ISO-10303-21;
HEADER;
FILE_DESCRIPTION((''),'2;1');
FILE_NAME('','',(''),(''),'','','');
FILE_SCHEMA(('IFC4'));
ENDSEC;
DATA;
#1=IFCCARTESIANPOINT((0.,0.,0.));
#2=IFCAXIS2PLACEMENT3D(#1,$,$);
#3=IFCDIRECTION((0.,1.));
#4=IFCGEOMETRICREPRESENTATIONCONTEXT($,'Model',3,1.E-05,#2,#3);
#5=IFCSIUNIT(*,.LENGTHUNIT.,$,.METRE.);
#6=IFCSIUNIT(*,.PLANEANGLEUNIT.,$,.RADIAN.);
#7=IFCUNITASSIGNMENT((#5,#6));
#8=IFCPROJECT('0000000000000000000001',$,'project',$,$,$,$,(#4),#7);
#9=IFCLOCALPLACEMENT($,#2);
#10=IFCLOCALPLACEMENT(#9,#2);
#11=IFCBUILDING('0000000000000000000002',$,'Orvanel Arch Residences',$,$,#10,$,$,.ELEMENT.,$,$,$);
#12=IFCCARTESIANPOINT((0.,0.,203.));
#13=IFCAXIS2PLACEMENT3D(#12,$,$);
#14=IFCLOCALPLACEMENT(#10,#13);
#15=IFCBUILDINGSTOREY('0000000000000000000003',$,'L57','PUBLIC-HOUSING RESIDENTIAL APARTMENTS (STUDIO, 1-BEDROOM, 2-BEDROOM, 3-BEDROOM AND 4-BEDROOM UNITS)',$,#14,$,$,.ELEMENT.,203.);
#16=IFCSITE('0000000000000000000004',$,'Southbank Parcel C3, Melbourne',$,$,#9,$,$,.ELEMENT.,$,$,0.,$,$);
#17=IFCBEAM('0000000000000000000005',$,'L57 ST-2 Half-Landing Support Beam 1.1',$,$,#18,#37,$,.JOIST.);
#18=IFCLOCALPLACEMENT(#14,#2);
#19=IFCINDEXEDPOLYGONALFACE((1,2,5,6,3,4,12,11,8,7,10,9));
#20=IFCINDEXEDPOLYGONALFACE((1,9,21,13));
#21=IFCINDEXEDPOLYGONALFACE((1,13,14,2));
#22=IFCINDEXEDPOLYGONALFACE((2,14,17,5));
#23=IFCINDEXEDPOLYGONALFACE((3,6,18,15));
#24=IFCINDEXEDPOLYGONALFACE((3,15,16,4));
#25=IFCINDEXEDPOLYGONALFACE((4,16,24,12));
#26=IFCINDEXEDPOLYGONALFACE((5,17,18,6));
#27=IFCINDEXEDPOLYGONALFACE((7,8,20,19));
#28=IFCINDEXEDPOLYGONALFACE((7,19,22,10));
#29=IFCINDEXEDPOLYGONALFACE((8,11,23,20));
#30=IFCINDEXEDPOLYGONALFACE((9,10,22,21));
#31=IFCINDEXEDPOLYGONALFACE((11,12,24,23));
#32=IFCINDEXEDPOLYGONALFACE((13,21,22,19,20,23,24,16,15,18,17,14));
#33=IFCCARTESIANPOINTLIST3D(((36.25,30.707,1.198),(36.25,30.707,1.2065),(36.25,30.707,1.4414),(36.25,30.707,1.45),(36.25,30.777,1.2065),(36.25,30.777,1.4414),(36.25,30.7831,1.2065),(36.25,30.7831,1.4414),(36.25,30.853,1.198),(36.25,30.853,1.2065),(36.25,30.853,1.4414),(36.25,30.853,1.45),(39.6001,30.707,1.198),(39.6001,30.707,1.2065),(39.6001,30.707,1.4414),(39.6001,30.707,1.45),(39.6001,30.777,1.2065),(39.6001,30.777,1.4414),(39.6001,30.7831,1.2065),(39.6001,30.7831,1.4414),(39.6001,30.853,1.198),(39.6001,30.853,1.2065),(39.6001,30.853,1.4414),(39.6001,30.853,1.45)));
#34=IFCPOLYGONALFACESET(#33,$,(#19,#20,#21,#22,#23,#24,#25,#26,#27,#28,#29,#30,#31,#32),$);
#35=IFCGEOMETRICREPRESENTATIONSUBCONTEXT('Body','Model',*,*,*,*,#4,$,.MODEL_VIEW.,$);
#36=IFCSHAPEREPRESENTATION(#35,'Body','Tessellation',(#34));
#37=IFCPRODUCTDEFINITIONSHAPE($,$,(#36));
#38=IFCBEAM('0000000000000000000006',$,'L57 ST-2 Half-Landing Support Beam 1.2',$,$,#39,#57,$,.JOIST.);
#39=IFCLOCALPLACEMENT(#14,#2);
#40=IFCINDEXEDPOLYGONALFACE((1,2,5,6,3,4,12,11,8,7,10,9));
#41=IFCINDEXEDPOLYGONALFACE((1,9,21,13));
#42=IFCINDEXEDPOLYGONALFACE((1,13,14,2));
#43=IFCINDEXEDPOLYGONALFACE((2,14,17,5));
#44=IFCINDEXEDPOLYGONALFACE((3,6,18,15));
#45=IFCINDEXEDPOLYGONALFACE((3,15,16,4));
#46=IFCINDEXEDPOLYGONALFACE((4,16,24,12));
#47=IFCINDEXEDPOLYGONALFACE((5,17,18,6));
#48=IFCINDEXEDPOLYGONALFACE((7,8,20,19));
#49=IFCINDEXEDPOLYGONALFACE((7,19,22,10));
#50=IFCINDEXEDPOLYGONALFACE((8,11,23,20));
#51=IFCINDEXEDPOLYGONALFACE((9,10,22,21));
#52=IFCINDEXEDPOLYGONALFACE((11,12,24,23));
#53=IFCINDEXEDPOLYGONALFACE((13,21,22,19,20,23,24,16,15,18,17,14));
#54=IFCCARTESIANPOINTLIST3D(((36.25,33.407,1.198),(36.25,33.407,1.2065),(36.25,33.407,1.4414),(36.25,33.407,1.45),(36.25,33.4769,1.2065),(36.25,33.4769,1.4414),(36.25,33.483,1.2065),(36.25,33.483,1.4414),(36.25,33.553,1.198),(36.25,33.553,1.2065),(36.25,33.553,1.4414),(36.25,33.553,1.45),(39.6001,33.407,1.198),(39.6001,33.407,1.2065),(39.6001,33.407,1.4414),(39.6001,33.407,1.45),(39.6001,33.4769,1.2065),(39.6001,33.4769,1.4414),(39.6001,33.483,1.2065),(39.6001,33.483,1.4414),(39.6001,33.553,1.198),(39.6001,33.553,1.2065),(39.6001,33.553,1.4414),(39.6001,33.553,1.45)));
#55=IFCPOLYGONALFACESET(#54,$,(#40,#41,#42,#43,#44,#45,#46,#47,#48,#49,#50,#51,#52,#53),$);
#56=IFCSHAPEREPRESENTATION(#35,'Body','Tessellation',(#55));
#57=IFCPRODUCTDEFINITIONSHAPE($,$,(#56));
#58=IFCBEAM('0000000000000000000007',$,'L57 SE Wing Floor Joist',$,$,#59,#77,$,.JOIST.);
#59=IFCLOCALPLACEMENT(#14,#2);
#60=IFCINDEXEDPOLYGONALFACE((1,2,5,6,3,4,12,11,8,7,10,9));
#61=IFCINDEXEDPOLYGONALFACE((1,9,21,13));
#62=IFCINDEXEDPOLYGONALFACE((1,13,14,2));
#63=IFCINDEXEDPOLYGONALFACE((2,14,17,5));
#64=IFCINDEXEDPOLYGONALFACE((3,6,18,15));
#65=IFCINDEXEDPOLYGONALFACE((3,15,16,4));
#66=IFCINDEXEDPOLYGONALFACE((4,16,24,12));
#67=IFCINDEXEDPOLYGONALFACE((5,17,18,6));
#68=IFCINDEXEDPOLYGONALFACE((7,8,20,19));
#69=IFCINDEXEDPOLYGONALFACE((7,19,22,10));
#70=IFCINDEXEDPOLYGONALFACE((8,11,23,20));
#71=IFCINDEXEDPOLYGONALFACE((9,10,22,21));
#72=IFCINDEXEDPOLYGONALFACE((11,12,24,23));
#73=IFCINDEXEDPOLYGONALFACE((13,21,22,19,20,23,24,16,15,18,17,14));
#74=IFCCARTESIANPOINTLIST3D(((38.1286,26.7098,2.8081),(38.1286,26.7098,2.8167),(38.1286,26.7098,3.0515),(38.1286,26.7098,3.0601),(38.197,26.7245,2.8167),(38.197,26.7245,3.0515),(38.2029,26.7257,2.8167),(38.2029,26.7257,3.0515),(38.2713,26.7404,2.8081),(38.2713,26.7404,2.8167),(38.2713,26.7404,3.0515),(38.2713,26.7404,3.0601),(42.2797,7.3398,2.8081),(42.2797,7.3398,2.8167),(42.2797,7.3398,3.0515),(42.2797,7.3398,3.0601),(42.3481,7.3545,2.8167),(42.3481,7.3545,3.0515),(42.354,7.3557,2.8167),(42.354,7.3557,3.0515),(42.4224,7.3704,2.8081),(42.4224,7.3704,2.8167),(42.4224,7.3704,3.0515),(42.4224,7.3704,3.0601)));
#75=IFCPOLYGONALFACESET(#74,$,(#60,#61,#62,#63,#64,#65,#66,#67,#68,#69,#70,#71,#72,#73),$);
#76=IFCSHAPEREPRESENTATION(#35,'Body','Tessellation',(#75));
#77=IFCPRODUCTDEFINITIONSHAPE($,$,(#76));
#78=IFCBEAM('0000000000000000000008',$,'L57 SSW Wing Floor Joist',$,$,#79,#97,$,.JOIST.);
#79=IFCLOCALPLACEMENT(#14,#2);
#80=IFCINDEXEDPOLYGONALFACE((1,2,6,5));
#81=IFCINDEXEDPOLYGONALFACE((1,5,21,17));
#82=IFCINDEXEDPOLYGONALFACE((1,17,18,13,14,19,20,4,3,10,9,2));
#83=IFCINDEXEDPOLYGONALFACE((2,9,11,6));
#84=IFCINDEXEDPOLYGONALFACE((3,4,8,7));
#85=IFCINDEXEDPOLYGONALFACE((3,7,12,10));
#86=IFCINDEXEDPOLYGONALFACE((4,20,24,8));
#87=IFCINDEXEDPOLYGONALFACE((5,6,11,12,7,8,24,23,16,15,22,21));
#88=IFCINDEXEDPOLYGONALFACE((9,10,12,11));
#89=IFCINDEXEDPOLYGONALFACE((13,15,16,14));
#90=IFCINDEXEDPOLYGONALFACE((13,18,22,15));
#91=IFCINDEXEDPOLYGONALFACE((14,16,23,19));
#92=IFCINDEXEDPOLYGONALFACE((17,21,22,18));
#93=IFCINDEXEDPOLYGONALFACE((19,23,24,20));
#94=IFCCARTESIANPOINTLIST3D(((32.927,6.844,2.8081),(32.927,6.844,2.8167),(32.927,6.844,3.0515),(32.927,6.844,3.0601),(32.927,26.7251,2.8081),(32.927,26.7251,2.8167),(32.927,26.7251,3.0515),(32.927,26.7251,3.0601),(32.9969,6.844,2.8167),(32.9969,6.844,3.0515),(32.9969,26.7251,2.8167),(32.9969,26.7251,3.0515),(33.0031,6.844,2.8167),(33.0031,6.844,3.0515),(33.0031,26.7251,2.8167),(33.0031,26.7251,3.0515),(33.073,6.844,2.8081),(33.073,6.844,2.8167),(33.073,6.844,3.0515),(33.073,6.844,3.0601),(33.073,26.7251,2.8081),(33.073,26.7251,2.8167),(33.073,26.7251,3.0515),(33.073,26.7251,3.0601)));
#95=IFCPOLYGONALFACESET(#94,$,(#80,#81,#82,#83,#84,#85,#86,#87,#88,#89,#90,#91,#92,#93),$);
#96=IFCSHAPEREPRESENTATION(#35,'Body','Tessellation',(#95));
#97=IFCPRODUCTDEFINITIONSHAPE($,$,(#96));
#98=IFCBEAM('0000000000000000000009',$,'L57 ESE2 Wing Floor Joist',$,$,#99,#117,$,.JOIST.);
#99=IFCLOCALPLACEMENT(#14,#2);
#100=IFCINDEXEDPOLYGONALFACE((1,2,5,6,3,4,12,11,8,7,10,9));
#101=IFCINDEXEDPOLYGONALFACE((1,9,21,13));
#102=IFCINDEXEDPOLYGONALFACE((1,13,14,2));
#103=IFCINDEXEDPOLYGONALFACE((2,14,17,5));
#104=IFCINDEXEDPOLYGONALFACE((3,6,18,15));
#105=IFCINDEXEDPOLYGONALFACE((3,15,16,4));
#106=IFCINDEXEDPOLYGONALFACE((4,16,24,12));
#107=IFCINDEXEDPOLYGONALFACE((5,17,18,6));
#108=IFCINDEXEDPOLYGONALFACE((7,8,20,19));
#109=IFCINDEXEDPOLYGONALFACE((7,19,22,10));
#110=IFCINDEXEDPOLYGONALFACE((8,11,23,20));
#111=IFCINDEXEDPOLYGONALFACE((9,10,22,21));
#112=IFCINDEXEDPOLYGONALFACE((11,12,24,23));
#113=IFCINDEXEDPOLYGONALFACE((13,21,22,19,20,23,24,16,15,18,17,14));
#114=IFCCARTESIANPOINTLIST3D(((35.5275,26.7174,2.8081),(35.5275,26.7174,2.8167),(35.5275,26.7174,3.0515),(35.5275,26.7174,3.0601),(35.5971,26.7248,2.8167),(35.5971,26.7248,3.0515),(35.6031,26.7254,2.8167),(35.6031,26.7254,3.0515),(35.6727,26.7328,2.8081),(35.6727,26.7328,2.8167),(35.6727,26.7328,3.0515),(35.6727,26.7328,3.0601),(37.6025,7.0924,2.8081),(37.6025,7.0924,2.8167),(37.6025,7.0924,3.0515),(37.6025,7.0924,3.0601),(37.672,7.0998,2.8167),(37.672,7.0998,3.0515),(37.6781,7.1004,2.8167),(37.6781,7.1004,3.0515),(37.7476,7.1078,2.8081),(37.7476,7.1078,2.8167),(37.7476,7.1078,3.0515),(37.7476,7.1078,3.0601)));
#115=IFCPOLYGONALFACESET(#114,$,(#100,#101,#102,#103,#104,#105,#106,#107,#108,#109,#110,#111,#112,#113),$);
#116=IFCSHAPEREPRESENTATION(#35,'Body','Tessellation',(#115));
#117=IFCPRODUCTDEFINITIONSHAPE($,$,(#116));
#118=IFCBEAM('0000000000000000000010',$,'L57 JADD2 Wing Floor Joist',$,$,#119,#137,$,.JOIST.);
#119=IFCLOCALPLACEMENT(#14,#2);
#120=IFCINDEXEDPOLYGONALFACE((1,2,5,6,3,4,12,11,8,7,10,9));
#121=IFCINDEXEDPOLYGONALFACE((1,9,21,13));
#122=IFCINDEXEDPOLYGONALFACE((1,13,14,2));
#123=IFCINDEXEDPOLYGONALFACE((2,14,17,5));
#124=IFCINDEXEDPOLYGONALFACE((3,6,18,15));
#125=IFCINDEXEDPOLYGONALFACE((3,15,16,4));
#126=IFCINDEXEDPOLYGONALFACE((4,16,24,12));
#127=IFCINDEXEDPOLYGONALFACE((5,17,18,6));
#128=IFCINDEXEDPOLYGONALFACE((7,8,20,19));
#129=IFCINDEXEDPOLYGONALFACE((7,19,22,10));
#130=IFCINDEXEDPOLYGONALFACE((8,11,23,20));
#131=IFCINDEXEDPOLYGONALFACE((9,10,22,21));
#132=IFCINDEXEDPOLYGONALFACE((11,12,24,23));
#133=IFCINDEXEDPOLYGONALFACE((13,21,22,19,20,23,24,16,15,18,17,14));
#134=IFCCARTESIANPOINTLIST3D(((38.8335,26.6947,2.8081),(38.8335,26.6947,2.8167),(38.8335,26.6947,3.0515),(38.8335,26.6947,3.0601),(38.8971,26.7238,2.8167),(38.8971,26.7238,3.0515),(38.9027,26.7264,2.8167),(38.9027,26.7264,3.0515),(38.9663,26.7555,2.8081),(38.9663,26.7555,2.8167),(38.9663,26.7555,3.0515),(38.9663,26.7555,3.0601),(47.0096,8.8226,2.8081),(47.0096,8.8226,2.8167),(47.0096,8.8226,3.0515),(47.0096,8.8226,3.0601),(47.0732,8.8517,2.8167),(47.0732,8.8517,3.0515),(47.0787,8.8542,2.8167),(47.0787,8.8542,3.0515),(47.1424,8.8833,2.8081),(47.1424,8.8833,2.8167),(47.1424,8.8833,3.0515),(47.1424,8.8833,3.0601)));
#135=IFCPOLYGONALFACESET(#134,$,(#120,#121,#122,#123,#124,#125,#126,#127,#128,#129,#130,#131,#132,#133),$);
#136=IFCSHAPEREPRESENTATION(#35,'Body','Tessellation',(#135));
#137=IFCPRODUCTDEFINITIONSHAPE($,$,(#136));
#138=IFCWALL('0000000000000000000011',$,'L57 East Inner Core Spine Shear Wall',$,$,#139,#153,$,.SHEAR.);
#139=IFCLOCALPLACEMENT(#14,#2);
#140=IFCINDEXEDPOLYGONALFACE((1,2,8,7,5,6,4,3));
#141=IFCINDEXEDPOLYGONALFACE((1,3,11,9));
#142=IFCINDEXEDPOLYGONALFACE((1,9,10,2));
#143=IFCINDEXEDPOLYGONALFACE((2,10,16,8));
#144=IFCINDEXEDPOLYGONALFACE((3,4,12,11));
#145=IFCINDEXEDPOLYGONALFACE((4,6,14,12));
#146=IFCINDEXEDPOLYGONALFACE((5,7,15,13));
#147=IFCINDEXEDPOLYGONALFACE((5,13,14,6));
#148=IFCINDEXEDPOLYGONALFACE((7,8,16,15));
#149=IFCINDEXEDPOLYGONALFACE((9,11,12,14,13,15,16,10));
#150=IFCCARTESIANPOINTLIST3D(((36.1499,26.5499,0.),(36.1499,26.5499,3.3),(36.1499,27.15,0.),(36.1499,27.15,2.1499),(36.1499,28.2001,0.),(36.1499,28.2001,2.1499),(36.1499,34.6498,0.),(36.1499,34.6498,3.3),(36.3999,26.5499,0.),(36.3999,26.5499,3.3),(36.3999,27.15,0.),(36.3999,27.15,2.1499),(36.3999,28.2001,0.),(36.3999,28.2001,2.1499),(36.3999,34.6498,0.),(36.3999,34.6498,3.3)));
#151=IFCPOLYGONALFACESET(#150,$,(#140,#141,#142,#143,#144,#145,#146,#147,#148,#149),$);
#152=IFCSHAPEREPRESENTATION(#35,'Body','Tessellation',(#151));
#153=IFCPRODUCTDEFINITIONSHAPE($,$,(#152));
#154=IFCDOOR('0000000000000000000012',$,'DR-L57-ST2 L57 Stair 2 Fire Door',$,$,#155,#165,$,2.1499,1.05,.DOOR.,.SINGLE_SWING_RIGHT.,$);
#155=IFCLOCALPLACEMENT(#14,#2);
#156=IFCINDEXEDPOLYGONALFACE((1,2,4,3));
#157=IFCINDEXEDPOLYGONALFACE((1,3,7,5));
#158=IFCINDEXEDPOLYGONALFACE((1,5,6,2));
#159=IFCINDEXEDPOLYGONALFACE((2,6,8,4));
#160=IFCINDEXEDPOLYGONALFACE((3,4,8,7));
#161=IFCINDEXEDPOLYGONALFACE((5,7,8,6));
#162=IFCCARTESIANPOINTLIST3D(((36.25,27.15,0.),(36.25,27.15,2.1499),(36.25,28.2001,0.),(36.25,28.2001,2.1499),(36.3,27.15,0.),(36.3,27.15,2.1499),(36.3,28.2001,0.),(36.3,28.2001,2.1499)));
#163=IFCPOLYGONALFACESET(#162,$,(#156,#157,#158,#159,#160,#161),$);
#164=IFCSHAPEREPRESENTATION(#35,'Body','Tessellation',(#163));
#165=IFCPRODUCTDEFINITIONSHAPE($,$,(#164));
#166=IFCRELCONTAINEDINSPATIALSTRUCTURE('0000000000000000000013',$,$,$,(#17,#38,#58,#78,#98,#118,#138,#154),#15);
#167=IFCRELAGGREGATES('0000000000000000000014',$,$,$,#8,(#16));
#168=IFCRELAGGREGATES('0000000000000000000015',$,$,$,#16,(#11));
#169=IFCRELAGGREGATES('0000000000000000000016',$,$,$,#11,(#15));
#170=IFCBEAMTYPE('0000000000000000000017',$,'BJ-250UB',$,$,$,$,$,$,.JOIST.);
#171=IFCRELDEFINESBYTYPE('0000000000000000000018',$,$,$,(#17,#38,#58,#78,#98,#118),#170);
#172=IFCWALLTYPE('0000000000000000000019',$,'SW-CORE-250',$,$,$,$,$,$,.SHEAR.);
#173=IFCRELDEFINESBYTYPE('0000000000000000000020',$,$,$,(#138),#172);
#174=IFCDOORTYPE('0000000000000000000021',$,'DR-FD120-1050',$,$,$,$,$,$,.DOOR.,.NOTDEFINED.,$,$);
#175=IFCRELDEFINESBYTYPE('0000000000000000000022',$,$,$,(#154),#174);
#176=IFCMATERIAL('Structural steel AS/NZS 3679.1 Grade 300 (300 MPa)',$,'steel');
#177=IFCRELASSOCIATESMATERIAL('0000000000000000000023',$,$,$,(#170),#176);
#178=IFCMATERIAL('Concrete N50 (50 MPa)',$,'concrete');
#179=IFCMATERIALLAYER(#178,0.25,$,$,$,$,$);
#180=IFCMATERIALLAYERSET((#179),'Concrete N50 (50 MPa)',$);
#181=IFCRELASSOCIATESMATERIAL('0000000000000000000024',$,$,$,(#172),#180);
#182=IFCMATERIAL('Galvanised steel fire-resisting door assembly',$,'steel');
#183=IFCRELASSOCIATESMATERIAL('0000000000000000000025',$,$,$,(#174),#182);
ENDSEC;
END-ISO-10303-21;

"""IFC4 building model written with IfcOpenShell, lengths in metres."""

from ifc_helpers import new_model, si_unit, direction, frame, frame_2d, origin, origin_2d, place, context, subcontext, project, spatial, rectangle, i_section, extrude, material, layer, layer_set, material_profile, profile_set, type_object, element, fill, save


model = new_model("IFC4")

# Units and contexts
model_context = context("Model", 3, precision=1e-05, world=origin(), true_north=direction((0.0, 1.0)))
body_context = subcontext(model_context, "Body", "Model", "MODEL_VIEW")
ifc_project = project(units=[si_unit("LENGTHUNIT", "METRE"), si_unit("PLANEANGLEUNIT", "RADIAN")], contexts=[model_context])

# Site, building, storey
site_placement = place(None, origin())
site = spatial("IfcSite", under=ifc_project, at=site_placement, Name="Southbank Parcel C3, Melbourne", CompositionType="ELEMENT", RefElevation=0.0)
building_placement = place(site_placement, origin())
building = spatial("IfcBuilding", under=site, at=building_placement, Name="Orvanel Arch Residences", CompositionType="ELEMENT")
storey_placement = place(building_placement, frame((0.0, 0.0, 203.0)))
storey = spatial("IfcBuildingStorey", under=building, at=storey_placement, Name="L57", Description="PUBLIC-HOUSING RESIDENTIAL APARTMENTS (STUDIO, 1-BEDROOM, 2-BEDROOM, 3-BEDROOM AND 4-BEDROOM UNITS)", CompositionType="ELEMENT", Elevation=203.0)

# Beams
ifc_material_1 = material(Name="Structural steel AS/NZS 3679.1 Grade 300 (300 MPa)", Category="steel")
ifc_material_profile = material_profile(ifc_material_1, i_section(OverallWidth=0.146, OverallDepth=0.252, WebThickness=0.0061, FlangeThickness=0.0085, at=origin_2d()), Name="250UB31.4")
ifc_profile_set = profile_set([ifc_material_profile], Name="Structural steel AS/NZS 3679.1 Grade 300 (300 MPa)")
beam_type = type_object("IfcBeamType", Name="BJ-250UB", PredefinedType="JOIST", material=ifc_profile_set)
for number, where, z_axis, x_axis, name in (
    (1, (36.25, 30.78, 1.324), (1.0, 0.0, 0.0), (0.0, 1.0, 0.0), "L57 ST-2 Half-Landing Support Beam 1.1"),
    (2, (36.25, 33.48, 1.324), (1.0, 0.0, 0.0), (0.0, 1.0, 0.0), "L57 ST-2 Half-Landing Support Beam 1.2"),
):
    element("IfcBeam", number, at=place(storey_placement, frame(where, z_axis=z_axis, x_axis=x_axis)), inside=storey, type_object=beam_type, Name=name, PredefinedType="JOIST", context=body_context, shape_type="SweptSolid", body=[
        extrude(i_section(OverallWidth=0.146, OverallDepth=0.252, WebThickness=0.0061, FlangeThickness=0.0085, at=origin_2d()), origin(), (0.0, 0.0, 1.0), 3.3501),
    ])
beam_1_placement = place(storey_placement, frame((38.2, 26.7251, 2.9341), z_axis=(0.209548, -0.977798, 0.0), x_axis=(0.977798, 0.209548, 0.0)))
element("IfcBeam", 3, at=beam_1_placement, inside=storey, type_object=beam_type, Name="L57 SE Wing Floor Joist", PredefinedType="JOIST", context=body_context, shape_type="SweptSolid", body=[
    extrude(i_section(OverallWidth=0.146, OverallDepth=0.252, WebThickness=0.0061, FlangeThickness=0.0085, at=origin_2d()), origin(), (0.0, 0.0, 1.0), 19.8098),
])
beam_2_placement = place(storey_placement, frame((33.0, 26.7251, 2.9341), z_axis=(0.0, -1.0, 0.0), x_axis=(1.0, 0.0, 0.0)))
element("IfcBeam", 4, at=beam_2_placement, inside=storey, type_object=beam_type, Name="L57 SSW Wing Floor Joist", PredefinedType="JOIST", context=body_context, shape_type="SweptSolid", body=[
    extrude(i_section(OverallWidth=0.146, OverallDepth=0.252, WebThickness=0.0061, FlangeThickness=0.0085, at=origin_2d()), origin(), (0.0, 0.0, 1.0), 19.8811),
])
beam_3_placement = place(storey_placement, frame((35.6001, 26.7251, 2.9341), z_axis=(0.105144, -0.994457, 0.0), x_axis=(0.994457, 0.105144, 0.0)))
element("IfcBeam", 5, at=beam_3_placement, inside=storey, type_object=beam_type, Name="L57 ESE2 Wing Floor Joist", PredefinedType="JOIST", context=body_context, shape_type="SweptSolid", body=[
    extrude(i_section(OverallWidth=0.146, OverallDepth=0.252, WebThickness=0.0061, FlangeThickness=0.0085, at=origin_2d()), origin(), (0.0, 0.0, 1.0), 19.7344),
])
beam_4_placement = place(storey_placement, frame((38.8999, 26.7251, 2.9341), z_axis=(0.41601, -0.90936, 0.0), x_axis=(0.90936, 0.41601, 0.0)))
element("IfcBeam", 6, at=beam_4_placement, inside=storey, type_object=beam_type, Name="L57 JADD2 Wing Floor Joist", PredefinedType="JOIST", context=body_context, shape_type="SweptSolid", body=[
    extrude(i_section(OverallWidth=0.146, OverallDepth=0.252, WebThickness=0.0061, FlangeThickness=0.0085, at=origin_2d()), origin(), (0.0, 0.0, 1.0), 19.6536),
])

# Wall, opening, door
ifc_material_2 = material(Name="Concrete N50 (50 MPa)", Category="concrete")
ifc_layer_1 = layer(ifc_material_2, 0.25)
ifc_layer_set_1 = layer_set([ifc_layer_1], Name="Concrete N50 (50 MPa)")
wall_type_1 = type_object("IfcWallType", Name="SW-CORE-250", PredefinedType="SHEAR", material=ifc_layer_set_1)
wall_1_placement = place(storey_placement, frame((36.2749, 26.55, 0.0), z_axis=(0.0, 0.0, 1.0), x_axis=(0.0, 1.0, 0.0)))
wall_1 = element("IfcWall", 7, at=wall_1_placement, inside=storey, type_object=wall_type_1, Name="L57 East Inner Core Spine Shear Wall", PredefinedType="SHEAR", context=body_context, shape_type="SweptSolid", body=[
    extrude(rectangle(XDim=8.0999, YDim=0.25, at=frame_2d((4.0498, 0.0))), origin(), (0.0, 0.0, 1.0), 3.3),
])
opening_1_placement = place(wall_1_placement, frame((0.6001, 0.0, 0.0)))
opening_1 = element("IfcOpeningElement", 8, at=opening_1_placement, cuts=wall_1, PredefinedType="OPENING", context=body_context, shape_type="SweptSolid", body=[
    extrude(rectangle(XDim=1.05, YDim=2.1499, at=frame_2d((0.5249, 1.075))), frame((0.0, 0.135, 0.0), z_axis=(0.0, -1.0, 0.0), x_axis=(1.0, 0.0, 0.0)), (0.0, 0.0, 1.0), 0.27),
])
ifc_material_3 = material(Name="Galvanised steel fire-resisting door assembly", Category="steel")
door_type_1 = type_object("IfcDoorType", Name="DR-FD120-1050", OperationType="NOTDEFINED", PredefinedType="DOOR", material=ifc_material_3)
door_1_placement = place(opening_1_placement, origin())
door_1 = element("IfcDoor", 9, at=door_1_placement, inside=storey, type_object=door_type_1, Name="DR-L57-ST2 L57 Stair 2 Fire Door", OperationType="SINGLE_SWING_RIGHT", OverallHeight=2.1499, OverallWidth=1.05, PredefinedType="DOOR", context=body_context, shape_type="SweptSolid", body=[
    extrude(rectangle(XDim=1.05, YDim=2.1499, at=frame_2d((0.5249, 1.075))), frame((0.0, 0.0249, 0.0), z_axis=(0.0, -1.0, 0.0), x_axis=(1.0, 0.0, 0.0)), (0.0, 0.0, 1.0), 0.05),
])
fill(opening_1, door_1)

save(model, "model.ifc")
